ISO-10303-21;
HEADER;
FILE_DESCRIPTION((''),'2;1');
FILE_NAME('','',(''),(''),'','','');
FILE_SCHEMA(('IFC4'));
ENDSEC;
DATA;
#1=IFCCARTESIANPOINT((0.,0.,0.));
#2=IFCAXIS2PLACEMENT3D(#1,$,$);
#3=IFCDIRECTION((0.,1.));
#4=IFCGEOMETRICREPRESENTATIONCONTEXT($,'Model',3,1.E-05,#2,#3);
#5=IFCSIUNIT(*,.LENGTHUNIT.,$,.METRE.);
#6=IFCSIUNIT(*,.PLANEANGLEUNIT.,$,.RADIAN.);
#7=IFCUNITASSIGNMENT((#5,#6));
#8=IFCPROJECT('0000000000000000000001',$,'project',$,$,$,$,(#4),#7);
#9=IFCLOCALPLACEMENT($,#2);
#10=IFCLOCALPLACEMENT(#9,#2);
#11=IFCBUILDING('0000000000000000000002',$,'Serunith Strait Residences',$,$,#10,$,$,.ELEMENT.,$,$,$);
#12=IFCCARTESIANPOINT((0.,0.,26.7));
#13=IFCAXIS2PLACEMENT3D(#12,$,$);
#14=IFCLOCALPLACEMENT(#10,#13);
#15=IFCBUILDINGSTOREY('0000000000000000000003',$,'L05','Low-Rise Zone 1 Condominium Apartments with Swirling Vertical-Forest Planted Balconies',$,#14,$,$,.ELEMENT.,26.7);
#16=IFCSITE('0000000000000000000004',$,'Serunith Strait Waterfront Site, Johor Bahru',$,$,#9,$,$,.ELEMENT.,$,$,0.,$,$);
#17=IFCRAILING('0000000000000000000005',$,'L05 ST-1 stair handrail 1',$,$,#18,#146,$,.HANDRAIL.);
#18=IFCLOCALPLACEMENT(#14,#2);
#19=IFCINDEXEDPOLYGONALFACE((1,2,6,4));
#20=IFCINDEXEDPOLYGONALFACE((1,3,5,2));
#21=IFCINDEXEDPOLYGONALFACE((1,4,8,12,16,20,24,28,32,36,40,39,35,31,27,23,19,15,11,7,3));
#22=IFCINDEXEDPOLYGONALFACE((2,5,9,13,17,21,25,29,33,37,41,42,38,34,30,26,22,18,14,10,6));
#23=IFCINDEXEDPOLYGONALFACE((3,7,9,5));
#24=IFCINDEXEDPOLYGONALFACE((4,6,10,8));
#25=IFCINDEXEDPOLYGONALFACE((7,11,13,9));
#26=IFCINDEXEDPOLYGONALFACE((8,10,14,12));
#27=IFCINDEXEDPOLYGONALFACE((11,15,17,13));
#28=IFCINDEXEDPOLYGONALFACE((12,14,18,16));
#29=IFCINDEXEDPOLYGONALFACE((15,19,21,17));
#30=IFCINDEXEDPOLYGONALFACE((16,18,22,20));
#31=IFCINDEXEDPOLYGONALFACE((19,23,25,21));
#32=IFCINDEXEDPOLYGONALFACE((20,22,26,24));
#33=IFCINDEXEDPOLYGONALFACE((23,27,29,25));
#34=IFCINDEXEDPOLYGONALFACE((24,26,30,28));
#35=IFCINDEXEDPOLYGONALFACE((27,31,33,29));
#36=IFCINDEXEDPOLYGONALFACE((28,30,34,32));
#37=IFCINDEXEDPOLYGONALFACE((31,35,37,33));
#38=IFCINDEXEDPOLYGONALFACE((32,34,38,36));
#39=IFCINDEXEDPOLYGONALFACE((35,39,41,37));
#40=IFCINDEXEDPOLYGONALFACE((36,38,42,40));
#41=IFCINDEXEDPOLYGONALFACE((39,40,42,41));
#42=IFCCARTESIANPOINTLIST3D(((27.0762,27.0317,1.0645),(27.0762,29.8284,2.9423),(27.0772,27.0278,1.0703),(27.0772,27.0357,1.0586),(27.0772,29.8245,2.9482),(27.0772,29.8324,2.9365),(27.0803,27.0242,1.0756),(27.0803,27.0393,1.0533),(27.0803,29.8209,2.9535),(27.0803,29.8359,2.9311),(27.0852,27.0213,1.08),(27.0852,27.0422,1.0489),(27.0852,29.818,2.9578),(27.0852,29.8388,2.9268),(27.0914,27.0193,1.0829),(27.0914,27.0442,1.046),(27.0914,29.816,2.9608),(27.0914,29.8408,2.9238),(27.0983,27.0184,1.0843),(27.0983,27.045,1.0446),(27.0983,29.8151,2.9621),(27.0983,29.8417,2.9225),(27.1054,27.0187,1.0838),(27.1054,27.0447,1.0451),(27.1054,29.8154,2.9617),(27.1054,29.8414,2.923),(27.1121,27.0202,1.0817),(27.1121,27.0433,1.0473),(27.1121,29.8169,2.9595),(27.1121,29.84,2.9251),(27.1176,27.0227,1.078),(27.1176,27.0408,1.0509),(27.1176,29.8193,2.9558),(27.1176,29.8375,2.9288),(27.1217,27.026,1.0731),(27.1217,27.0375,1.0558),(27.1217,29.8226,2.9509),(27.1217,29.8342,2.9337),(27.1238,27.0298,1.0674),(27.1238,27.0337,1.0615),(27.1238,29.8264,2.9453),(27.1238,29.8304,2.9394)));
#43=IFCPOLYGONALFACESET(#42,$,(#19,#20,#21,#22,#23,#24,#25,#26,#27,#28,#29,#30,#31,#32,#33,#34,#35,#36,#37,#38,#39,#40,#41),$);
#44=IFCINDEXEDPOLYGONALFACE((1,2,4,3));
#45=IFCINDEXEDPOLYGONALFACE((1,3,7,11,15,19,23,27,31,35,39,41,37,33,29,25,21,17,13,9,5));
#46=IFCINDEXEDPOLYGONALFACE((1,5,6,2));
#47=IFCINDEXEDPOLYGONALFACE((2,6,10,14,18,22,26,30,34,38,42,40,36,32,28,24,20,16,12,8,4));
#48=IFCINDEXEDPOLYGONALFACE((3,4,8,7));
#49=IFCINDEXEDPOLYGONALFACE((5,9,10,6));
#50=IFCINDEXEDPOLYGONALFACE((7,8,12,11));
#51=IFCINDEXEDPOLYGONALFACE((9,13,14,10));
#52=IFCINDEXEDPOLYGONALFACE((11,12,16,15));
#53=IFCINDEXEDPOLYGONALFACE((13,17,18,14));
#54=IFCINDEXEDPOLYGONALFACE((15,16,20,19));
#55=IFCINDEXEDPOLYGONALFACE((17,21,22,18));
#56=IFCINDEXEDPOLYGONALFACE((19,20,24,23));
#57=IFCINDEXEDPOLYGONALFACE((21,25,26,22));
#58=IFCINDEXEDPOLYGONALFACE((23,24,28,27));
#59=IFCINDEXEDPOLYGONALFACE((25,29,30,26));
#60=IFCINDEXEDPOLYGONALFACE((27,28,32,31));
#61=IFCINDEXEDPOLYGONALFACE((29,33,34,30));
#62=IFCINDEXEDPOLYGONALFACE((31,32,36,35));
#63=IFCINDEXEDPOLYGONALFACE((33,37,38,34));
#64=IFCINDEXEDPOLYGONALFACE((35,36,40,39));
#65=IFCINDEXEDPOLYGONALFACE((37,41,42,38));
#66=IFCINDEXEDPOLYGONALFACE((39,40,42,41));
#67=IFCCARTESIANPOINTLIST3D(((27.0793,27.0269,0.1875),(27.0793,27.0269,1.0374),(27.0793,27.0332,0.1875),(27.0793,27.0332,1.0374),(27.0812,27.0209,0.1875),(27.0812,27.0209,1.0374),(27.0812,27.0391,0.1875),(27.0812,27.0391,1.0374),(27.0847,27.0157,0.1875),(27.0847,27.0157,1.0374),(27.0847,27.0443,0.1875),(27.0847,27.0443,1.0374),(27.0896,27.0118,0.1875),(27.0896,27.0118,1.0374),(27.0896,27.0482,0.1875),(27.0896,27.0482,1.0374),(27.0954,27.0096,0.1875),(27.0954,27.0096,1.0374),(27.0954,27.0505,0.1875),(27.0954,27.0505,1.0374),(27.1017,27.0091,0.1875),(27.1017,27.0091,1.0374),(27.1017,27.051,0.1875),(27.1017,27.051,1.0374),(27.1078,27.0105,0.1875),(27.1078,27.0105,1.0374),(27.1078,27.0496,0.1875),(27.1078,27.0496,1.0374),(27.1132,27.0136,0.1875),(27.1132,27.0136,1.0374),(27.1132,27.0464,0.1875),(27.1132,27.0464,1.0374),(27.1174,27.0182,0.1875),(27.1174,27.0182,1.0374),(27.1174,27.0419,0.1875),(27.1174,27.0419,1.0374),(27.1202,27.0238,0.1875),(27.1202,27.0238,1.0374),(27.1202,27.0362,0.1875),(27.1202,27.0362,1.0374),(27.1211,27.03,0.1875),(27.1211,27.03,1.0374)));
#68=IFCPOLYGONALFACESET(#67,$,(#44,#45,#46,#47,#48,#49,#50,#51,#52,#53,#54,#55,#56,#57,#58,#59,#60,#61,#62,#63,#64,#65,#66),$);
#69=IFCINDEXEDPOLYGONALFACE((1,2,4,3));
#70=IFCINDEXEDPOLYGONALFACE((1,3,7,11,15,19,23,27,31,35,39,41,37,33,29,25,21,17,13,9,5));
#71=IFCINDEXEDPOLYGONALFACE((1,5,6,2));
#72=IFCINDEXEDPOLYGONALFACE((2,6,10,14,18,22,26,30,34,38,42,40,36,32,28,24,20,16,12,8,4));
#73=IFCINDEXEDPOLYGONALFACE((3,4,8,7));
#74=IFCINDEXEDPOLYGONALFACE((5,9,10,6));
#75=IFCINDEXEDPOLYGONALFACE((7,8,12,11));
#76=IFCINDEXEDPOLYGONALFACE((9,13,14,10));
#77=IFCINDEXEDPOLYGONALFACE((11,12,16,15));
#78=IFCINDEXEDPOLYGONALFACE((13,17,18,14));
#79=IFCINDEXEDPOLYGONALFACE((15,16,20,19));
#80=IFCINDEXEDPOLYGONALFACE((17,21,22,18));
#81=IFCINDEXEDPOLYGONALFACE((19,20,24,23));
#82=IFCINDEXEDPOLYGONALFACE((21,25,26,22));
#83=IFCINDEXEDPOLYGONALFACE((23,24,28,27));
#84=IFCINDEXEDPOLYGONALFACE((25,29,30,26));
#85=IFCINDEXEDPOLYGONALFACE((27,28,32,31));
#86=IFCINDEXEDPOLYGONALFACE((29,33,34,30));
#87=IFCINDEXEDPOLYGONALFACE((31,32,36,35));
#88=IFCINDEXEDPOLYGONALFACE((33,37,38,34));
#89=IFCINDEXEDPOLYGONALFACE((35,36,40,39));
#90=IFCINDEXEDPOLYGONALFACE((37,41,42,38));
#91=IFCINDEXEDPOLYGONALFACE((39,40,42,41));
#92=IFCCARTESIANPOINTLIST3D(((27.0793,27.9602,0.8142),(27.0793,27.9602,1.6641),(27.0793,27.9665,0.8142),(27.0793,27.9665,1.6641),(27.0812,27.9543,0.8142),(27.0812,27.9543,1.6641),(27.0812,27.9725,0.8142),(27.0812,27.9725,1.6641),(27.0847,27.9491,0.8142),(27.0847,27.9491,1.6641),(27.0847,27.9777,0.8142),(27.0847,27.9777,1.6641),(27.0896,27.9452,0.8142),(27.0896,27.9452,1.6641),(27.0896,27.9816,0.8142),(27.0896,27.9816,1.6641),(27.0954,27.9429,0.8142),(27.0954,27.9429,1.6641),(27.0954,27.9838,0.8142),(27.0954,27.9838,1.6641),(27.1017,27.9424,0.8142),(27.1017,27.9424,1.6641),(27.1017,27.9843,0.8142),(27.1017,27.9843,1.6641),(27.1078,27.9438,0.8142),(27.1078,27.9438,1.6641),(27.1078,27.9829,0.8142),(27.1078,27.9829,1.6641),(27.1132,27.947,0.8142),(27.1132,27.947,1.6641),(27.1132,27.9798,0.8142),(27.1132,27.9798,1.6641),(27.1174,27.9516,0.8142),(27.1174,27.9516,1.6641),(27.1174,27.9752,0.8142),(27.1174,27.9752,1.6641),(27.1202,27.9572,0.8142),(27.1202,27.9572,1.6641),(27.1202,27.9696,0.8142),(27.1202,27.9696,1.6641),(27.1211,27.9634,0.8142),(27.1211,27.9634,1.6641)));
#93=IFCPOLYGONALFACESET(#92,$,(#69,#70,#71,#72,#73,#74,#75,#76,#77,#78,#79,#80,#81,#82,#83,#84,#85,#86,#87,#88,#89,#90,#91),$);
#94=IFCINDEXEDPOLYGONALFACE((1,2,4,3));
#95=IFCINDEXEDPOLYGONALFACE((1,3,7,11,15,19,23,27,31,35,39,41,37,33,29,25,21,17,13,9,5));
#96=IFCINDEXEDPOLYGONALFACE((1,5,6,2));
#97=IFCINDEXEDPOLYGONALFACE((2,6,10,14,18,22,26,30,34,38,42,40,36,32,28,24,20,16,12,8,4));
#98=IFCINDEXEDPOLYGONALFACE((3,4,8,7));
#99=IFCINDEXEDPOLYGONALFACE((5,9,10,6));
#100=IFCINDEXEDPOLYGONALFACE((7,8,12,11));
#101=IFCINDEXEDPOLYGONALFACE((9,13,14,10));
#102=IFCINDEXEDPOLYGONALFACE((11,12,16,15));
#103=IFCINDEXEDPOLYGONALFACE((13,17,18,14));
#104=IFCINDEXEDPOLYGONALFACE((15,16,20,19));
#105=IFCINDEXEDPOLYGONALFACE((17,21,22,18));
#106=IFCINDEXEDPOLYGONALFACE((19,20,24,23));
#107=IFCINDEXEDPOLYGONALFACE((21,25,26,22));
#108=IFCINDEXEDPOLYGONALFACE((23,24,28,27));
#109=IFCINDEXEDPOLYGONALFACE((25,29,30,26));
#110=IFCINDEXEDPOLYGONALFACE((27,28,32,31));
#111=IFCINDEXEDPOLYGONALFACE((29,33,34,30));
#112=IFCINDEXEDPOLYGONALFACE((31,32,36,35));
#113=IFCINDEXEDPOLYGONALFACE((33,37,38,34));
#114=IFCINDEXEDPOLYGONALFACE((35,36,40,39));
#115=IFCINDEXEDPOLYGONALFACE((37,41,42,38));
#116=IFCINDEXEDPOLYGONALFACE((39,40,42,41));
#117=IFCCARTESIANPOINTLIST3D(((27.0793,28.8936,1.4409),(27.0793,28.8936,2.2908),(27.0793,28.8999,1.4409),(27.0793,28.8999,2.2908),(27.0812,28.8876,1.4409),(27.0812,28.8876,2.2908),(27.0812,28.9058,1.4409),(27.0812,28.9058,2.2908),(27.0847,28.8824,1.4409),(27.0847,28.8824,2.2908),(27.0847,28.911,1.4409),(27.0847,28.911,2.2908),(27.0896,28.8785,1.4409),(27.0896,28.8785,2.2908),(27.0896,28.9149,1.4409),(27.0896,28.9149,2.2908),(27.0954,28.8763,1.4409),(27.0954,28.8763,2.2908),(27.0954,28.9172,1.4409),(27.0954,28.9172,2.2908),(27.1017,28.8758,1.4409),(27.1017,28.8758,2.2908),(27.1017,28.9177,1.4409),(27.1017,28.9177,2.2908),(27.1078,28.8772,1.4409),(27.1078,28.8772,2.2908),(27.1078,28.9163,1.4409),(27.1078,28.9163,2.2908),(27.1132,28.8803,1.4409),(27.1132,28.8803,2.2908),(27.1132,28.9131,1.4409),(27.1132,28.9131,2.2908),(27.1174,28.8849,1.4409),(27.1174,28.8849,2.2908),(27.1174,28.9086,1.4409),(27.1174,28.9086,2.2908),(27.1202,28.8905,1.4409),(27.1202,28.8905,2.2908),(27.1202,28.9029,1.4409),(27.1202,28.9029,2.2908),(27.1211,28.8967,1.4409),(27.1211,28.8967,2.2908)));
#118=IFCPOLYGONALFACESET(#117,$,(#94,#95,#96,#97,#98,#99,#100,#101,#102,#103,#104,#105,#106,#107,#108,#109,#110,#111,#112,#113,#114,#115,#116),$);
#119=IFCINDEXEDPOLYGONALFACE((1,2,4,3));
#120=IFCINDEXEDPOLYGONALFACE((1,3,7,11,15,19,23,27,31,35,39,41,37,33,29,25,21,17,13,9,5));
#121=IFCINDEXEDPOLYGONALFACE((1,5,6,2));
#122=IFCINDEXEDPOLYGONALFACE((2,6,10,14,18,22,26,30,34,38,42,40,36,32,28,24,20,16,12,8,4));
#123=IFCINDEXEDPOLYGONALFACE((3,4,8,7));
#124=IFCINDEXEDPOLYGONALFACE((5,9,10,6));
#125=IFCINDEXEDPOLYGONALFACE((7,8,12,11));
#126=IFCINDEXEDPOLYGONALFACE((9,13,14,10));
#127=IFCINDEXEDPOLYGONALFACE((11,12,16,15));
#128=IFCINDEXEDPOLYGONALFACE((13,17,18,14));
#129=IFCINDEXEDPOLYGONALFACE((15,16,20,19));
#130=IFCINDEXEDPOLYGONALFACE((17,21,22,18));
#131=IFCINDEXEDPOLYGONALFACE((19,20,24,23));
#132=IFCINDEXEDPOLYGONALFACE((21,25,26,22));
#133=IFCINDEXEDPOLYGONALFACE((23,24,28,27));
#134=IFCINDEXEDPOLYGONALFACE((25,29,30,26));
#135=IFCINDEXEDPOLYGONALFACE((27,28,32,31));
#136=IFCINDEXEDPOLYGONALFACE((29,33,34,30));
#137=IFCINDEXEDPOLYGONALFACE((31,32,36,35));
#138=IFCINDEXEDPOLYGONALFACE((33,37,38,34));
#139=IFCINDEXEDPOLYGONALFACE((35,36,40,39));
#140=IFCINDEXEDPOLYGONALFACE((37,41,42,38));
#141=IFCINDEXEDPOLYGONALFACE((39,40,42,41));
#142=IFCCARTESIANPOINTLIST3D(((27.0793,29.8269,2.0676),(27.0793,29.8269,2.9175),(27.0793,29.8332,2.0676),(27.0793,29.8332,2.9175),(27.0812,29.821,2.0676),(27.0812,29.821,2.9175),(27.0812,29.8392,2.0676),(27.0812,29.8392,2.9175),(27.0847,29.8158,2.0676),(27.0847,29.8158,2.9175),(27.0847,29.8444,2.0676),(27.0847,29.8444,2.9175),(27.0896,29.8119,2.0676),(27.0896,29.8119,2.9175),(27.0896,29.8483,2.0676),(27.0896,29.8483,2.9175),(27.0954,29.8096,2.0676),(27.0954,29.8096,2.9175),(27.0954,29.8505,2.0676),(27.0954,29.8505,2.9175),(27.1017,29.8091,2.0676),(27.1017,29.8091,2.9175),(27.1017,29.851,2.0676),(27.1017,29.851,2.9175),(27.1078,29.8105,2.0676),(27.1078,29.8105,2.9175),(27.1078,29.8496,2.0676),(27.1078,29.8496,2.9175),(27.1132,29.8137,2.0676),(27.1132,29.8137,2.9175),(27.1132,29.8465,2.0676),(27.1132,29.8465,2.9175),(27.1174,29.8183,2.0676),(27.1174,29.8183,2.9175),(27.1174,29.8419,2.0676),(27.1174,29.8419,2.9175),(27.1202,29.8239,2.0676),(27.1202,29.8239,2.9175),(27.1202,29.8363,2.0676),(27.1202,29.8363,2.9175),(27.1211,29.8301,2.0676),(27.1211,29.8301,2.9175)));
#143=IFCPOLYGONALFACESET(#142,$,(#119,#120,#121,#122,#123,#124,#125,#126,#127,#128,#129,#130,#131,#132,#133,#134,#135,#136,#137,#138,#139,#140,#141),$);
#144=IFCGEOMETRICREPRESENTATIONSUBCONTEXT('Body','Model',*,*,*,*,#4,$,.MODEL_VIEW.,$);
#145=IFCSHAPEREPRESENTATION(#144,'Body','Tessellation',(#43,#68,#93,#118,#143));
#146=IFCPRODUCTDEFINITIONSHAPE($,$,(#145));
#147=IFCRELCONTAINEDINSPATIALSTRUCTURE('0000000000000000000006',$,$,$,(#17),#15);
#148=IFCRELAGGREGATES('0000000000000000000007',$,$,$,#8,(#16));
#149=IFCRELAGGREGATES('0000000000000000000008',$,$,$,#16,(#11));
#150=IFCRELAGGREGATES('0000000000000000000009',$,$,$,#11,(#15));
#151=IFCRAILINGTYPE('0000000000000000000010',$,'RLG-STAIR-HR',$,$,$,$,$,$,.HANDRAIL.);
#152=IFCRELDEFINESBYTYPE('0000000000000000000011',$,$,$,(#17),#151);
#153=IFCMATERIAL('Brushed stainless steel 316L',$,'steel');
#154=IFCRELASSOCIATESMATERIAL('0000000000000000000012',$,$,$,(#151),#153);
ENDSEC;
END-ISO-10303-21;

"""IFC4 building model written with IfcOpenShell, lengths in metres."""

from ifc_helpers import new_model, si_unit, direction, frame, origin, origin_2d, place, context, subcontext, project, spatial, circle, extrude, material, type_object, element, save


model = new_model("IFC4")

# Units and contexts
model_context = context("Model", 3, precision=1e-05, world=origin(), true_north=direction((0.0, 1.0)))
body_context = subcontext(model_context, "Body", "Model", "MODEL_VIEW")
ifc_project = project(units=[si_unit("LENGTHUNIT", "METRE"), si_unit("PLANEANGLEUNIT", "RADIAN")], contexts=[model_context])

# Site, building, storey
site_placement = place(None, origin())
site = spatial("IfcSite", under=ifc_project, at=site_placement, Name="Serunith Strait Waterfront Site, Johor Bahru", CompositionType="ELEMENT", RefElevation=0.0)
building_placement = place(site_placement, origin())
building = spatial("IfcBuilding", under=site, at=building_placement, Name="Serunith Strait Residences", CompositionType="ELEMENT")
storey_placement = place(building_placement, frame((0.0, 0.0, 26.7)))
storey = spatial("IfcBuildingStorey", under=building, at=storey_placement, Name="L05", Description="Low-Rise Zone 1 Condominium Apartments with Swirling Vertical-Forest Planted Balconies", CompositionType="ELEMENT", Elevation=26.7)

# Railing
ifc_material_1 = material(Name="Brushed stainless steel 316L", Category="steel")
railing_type_1 = type_object("IfcRailingType", Name="RLG-STAIR-HR", PredefinedType="HANDRAIL", material=ifc_material_1)
railing_1_placement = place(storey_placement, frame((27.1001, 27.03, 0.1875)))
element("IfcRailing", 1, at=railing_1_placement, inside=storey, type_object=railing_type_1, Name="L05 ST-1 stair handrail 1", PredefinedType="HANDRAIL", context=body_context, shape_type="SweptSolid", body=[
    extrude(circle(Radius=0.0239, at=origin_2d()), frame((0.0, 0.0017, 0.877), z_axis=(0.0, 0.830208, 0.557453), x_axis=(-1.0, 0.0, 0.0)), (0.0, 0.0, 1.0), 3.3687),
    extrude(circle(Radius=0.021, at=origin_2d()), origin(), (0.0, 0.0, 1.0), 0.8499),
    extrude(circle(Radius=0.021, at=origin_2d()), frame((0.0, 0.9333, 0.6267)), (0.0, 0.0, 1.0), 0.8499),
    extrude(circle(Radius=0.021, at=origin_2d()), frame((0.0, 1.8667, 1.2534)), (0.0, 0.0, 1.0), 0.8499),
    extrude(circle(Radius=0.021, at=origin_2d()), frame((0.0, 2.8, 1.8801)), (0.0, 0.0, 1.0), 0.8499),
])

save(model, "model.ifc")
